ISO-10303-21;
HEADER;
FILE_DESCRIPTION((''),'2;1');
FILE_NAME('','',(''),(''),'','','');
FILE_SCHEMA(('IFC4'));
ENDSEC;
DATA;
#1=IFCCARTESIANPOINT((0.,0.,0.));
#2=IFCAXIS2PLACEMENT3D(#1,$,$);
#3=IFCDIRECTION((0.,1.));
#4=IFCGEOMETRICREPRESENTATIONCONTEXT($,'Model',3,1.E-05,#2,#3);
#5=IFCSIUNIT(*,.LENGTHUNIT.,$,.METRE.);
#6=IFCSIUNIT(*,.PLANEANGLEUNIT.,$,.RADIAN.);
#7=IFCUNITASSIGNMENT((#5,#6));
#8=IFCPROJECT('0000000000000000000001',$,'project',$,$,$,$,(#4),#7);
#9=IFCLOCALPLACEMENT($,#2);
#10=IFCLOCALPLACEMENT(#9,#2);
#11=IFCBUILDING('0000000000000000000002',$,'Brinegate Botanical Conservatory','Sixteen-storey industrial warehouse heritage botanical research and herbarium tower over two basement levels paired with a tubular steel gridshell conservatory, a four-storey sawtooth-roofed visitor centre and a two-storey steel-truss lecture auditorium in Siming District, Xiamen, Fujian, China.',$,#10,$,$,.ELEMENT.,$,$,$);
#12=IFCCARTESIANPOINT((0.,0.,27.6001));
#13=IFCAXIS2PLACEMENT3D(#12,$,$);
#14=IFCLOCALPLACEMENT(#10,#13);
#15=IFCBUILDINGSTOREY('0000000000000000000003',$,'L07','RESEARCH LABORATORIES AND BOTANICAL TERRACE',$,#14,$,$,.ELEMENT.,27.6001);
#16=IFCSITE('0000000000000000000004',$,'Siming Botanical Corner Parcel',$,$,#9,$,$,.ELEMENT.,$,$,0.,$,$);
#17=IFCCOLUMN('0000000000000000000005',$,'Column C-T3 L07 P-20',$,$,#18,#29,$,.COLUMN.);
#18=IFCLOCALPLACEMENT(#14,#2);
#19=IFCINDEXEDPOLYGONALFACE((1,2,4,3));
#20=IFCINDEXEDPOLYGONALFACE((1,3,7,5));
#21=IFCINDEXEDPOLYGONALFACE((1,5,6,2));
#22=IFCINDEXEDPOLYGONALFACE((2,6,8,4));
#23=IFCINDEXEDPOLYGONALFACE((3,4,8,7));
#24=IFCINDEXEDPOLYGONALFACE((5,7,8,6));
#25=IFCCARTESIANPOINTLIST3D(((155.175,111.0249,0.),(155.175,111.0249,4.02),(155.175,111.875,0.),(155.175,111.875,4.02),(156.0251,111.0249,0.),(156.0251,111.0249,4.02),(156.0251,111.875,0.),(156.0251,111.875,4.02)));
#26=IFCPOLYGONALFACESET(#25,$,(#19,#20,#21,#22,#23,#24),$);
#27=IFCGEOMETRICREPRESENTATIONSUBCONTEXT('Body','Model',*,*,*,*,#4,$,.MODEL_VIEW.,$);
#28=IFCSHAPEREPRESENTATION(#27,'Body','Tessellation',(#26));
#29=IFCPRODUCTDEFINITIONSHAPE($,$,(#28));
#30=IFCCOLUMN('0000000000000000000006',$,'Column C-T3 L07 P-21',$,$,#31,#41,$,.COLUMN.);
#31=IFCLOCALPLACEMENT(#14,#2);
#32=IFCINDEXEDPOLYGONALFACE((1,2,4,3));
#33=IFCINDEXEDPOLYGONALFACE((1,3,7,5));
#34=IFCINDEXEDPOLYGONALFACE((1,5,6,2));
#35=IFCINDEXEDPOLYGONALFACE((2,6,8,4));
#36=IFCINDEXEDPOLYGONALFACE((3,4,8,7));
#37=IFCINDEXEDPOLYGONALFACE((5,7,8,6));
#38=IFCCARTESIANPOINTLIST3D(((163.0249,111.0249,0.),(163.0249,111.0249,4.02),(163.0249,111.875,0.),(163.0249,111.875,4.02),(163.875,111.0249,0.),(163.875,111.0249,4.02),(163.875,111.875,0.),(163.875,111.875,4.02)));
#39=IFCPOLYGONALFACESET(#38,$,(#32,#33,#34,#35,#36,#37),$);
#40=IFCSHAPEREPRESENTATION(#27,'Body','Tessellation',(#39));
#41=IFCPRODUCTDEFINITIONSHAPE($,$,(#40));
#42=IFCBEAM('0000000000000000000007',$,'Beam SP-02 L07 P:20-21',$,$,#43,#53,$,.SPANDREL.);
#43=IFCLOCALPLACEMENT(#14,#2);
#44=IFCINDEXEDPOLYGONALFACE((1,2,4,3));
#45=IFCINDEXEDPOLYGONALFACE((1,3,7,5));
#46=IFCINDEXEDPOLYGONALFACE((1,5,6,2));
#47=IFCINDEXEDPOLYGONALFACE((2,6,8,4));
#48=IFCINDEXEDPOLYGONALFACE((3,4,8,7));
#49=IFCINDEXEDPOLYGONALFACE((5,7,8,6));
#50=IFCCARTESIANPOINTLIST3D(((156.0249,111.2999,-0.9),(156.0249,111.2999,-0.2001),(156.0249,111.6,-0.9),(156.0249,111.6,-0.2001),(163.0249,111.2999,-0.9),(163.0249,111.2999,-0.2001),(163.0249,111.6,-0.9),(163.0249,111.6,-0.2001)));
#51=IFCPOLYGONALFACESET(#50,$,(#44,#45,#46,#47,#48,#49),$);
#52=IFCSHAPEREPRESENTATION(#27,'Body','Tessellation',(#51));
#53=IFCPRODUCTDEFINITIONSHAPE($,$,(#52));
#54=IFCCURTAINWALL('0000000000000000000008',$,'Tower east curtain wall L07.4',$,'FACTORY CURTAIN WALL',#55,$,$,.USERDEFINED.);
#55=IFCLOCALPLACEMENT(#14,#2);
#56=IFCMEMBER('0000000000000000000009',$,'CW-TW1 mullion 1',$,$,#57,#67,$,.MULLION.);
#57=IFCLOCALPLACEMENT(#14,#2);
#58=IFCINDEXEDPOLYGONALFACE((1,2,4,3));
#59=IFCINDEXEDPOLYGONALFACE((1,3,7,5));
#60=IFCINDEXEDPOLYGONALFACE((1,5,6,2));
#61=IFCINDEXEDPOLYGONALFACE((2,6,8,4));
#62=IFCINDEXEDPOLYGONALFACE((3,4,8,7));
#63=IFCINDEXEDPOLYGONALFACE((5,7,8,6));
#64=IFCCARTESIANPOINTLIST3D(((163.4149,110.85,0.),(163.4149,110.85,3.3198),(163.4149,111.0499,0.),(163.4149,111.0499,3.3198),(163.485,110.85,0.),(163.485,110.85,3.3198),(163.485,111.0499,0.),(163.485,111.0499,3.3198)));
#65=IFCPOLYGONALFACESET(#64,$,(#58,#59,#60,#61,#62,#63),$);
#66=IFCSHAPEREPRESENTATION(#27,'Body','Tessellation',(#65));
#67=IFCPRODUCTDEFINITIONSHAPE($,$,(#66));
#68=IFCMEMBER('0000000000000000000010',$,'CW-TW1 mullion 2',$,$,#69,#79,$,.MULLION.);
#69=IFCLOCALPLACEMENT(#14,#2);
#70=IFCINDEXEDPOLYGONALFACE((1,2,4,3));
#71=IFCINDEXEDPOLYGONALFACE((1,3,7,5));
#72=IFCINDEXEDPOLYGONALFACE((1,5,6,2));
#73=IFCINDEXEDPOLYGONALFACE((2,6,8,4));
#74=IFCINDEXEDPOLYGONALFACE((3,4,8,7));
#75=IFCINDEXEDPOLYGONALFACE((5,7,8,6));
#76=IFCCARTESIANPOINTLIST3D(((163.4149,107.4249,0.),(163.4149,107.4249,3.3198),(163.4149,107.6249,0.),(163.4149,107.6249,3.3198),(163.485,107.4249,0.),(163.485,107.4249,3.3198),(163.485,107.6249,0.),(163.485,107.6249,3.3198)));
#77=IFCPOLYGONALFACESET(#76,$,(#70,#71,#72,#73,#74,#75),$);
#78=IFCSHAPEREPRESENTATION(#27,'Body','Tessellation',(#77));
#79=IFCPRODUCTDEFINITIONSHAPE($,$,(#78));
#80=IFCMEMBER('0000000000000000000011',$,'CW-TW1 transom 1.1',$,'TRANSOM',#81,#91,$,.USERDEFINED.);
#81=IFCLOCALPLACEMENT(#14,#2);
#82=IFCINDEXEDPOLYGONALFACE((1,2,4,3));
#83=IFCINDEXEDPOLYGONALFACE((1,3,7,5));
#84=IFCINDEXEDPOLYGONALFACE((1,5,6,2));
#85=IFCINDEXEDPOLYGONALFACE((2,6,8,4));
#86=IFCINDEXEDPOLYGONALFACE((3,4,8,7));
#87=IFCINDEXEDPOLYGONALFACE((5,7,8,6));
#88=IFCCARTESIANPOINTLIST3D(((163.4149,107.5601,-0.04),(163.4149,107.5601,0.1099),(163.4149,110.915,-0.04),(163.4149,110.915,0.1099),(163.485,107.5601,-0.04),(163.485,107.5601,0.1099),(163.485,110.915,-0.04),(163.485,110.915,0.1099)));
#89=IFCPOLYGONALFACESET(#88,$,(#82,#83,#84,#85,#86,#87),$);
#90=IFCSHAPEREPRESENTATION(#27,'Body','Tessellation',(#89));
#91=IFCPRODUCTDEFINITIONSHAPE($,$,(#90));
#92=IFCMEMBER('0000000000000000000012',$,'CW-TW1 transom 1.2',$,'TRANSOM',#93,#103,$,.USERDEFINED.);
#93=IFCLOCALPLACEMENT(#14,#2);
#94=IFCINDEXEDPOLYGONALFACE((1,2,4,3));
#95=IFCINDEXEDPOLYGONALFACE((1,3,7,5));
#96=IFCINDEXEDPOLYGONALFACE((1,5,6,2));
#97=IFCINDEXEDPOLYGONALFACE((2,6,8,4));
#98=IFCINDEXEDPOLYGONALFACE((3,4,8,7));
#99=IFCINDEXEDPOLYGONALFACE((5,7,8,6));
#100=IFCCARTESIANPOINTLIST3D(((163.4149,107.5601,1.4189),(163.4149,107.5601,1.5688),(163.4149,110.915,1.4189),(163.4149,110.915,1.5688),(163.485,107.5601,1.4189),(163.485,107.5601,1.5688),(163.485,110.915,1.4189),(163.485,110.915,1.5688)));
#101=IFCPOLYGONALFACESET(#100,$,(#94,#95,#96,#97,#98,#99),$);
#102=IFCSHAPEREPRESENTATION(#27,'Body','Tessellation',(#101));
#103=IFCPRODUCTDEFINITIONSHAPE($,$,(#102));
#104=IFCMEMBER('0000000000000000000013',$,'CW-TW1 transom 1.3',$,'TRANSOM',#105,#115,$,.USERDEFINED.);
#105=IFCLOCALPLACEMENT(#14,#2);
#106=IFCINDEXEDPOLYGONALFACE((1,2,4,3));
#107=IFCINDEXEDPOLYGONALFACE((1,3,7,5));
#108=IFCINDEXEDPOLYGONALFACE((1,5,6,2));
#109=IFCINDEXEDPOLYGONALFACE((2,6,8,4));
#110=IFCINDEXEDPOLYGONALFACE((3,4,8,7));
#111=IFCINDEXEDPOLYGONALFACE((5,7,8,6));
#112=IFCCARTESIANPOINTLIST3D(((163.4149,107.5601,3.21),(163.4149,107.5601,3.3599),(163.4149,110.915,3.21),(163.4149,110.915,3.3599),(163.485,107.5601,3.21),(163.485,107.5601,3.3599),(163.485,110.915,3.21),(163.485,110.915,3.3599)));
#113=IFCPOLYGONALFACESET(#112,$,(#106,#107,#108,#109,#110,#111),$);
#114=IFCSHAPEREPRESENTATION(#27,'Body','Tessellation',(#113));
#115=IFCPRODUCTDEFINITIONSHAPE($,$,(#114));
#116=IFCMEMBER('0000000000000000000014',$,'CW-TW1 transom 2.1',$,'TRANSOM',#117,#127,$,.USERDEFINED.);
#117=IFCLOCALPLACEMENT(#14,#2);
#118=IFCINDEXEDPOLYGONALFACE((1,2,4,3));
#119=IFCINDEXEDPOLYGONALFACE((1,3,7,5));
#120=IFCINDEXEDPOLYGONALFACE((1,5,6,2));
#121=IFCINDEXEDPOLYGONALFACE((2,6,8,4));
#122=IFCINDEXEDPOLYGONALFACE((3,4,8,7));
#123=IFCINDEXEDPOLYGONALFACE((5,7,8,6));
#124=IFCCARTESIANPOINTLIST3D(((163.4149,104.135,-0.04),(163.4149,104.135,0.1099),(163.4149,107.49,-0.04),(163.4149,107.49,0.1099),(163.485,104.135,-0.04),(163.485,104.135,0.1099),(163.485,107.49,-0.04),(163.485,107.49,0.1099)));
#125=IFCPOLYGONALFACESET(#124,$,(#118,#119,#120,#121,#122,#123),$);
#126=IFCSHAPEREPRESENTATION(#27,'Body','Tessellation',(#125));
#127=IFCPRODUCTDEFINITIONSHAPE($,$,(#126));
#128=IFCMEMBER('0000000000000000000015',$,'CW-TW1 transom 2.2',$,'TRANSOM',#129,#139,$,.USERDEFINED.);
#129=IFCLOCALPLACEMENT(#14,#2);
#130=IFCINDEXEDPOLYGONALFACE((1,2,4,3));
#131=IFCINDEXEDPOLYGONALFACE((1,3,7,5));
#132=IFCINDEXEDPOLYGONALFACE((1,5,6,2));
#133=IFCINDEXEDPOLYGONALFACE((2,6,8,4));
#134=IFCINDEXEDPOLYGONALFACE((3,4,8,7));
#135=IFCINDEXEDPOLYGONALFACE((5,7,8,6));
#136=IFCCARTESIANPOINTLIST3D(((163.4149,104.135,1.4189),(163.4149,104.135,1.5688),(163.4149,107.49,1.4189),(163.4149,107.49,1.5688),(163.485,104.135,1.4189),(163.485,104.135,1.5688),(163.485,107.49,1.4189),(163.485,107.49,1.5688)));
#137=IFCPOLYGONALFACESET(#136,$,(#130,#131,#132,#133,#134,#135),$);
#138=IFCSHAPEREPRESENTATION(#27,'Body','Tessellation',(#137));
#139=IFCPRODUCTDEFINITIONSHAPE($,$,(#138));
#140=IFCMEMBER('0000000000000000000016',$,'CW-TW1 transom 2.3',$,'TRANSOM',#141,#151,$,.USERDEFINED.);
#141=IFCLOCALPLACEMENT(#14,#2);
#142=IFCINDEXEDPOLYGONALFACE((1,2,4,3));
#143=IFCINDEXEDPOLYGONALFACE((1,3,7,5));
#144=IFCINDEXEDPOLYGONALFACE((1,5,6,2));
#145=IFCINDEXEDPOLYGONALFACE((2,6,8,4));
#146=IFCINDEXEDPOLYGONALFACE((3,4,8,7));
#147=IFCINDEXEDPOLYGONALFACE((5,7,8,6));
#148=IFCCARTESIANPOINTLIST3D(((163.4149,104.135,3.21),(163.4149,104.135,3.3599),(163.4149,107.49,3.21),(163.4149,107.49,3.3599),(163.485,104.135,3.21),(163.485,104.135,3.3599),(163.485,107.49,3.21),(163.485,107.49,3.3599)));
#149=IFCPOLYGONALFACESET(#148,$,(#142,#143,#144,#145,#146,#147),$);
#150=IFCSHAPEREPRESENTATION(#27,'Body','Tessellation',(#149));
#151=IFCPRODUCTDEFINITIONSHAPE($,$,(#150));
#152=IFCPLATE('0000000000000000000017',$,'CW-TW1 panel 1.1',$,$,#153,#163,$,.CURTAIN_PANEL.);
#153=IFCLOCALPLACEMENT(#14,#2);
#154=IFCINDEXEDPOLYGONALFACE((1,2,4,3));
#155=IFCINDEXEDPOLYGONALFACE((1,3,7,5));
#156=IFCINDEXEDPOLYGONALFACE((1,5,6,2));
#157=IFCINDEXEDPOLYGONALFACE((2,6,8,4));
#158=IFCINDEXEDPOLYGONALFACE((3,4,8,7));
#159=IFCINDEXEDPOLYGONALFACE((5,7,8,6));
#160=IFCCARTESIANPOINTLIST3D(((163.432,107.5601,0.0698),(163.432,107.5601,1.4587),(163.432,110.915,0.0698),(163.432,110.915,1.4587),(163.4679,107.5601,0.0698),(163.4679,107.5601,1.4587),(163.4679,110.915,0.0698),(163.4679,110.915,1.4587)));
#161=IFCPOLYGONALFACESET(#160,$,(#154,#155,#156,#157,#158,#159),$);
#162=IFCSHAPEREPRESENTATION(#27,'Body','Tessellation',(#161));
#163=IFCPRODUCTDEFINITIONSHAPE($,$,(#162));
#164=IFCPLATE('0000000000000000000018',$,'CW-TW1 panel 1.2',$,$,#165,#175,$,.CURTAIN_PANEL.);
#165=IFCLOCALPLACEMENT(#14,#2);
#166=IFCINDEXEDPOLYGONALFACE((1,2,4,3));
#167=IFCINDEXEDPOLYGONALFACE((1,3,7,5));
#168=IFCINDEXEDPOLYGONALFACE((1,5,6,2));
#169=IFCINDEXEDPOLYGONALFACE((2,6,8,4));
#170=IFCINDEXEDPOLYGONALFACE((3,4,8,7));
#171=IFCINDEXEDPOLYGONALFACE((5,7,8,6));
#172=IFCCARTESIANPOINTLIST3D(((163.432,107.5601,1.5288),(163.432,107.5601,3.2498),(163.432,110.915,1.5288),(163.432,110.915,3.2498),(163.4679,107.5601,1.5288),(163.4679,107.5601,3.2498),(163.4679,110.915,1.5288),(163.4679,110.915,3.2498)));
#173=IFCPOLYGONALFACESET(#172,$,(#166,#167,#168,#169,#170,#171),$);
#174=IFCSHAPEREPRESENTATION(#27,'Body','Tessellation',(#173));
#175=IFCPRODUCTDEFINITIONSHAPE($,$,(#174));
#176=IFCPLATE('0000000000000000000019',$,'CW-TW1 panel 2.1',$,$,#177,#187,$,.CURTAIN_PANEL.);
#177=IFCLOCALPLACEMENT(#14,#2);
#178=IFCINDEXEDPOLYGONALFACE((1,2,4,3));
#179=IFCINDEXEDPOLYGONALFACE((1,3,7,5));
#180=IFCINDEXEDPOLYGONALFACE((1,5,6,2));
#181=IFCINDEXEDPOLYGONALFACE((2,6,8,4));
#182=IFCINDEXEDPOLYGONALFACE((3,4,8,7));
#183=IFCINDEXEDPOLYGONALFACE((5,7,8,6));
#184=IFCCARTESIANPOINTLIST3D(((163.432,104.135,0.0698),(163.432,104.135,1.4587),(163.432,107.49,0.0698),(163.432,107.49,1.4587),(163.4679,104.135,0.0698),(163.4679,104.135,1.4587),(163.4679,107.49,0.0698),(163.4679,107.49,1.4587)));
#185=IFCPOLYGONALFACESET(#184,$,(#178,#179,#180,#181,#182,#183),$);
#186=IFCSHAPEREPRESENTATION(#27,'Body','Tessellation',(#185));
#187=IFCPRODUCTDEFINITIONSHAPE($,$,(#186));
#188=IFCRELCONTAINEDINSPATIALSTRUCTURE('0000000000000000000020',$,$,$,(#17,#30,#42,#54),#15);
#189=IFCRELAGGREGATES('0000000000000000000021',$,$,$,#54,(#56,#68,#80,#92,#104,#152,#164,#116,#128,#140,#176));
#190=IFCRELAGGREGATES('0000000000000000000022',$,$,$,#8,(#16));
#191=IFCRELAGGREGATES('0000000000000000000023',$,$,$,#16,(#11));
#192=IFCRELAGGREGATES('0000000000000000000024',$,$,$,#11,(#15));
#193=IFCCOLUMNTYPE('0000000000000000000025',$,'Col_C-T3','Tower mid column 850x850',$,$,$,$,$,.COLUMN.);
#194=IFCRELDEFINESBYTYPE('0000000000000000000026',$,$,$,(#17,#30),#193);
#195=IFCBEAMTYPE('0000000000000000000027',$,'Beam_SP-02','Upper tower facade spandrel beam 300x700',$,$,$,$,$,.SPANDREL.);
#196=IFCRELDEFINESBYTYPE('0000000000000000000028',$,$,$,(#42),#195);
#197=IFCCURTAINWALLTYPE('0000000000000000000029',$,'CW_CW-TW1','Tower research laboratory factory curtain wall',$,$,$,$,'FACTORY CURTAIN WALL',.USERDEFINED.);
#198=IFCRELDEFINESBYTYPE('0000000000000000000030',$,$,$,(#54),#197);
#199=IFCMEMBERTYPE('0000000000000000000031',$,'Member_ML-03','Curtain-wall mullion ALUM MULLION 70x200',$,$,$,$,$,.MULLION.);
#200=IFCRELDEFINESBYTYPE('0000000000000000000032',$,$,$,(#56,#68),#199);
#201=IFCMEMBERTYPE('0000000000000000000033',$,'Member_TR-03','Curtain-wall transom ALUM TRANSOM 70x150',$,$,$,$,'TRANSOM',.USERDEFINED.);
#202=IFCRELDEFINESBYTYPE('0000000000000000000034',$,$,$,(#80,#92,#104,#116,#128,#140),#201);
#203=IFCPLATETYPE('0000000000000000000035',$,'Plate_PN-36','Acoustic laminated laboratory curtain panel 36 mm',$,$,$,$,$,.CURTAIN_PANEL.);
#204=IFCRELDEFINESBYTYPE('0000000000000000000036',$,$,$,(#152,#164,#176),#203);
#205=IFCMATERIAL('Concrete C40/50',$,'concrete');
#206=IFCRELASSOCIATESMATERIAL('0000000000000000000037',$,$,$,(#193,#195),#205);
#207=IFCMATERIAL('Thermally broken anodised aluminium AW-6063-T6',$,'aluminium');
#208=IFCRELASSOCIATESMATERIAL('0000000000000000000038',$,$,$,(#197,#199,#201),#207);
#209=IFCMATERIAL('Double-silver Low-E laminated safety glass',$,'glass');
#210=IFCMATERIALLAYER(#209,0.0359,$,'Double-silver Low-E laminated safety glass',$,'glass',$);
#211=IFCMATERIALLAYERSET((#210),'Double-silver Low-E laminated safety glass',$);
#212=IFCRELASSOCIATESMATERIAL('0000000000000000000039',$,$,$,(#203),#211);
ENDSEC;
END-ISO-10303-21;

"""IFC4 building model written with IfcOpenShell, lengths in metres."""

from ifc_helpers import new_model, si_unit, direction, frame, origin, origin_2d, place, context, subcontext, project, spatial, rectangle, extrude, material, layer, layer_set, material_profile, profile_set, type_object, element, aggregate, save


model = new_model("IFC4")

# Units and contexts
model_context = context("Model", 3, precision=1e-05, world=origin(), true_north=direction((0.0, 1.0)))
body_context = subcontext(model_context, "Body", "Model", "MODEL_VIEW")
ifc_project = project(units=[si_unit("LENGTHUNIT", "METRE"), si_unit("PLANEANGLEUNIT", "RADIAN")], contexts=[model_context])

# Site, building, storey
site_placement = place(None, origin())
site = spatial("IfcSite", under=ifc_project, at=site_placement, Name="Siming Botanical Corner Parcel", CompositionType="ELEMENT", RefElevation=0.0)
building_placement = place(site_placement, origin())
building = spatial("IfcBuilding", under=site, at=building_placement, Name="Brinegate Botanical Conservatory", Description="Sixteen-storey industrial warehouse heritage botanical research and herbarium tower over two basement levels paired with a tubular steel gridshell conservatory, a four-storey sawtooth-roofed visitor centre and a two-storey steel-truss lecture auditorium in Siming District, Xiamen, Fujian, China.", CompositionType="ELEMENT")
storey_placement = place(building_placement, frame((0.0, 0.0, 27.6001)))
storey = spatial("IfcBuildingStorey", under=building, at=storey_placement, Name="L07", Description="RESEARCH LABORATORIES AND BOTANICAL TERRACE", CompositionType="ELEMENT", Elevation=27.6001)

# Columns
ifc_material_1 = material(Name="Concrete C40/50", Category="concrete")
ifc_material_profile_1 = material_profile(ifc_material_1, rectangle(XDim=0.8501, YDim=0.8501, at=origin_2d()), Name="RC COL 850x850")
ifc_profile_set_1 = profile_set([ifc_material_profile_1], Name="Concrete C40/50")
column_type = type_object("IfcColumnType", Name="Col_C-T3", Description="Tower mid column 850x850", PredefinedType="COLUMN", material=ifc_profile_set_1)
for number, where, z_axis, x_axis, name in (
    (1, (155.6001, 111.45, 0.0), (0.0, 0.0, 1.0), (1.0, 0.0, 0.0), "Column C-T3 L07 P-20"),
    (2, (163.45, 111.45, 0.0), (0.0, 0.0, 1.0), (1.0, 0.0, 0.0), "Column C-T3 L07 P-21"),
):
    element("IfcColumn", number, at=place(storey_placement, frame(where, z_axis=z_axis, x_axis=x_axis)), inside=storey, type_object=column_type, Name=name, PredefinedType="COLUMN", context=body_context, shape_type="SweptSolid", body=[
        extrude(rectangle(XDim=0.8501, YDim=0.8501, at=origin_2d()), origin(), (0.0, 0.0, 1.0), 4.02),
    ])

# Beam
ifc_material_profile_2 = material_profile(ifc_material_1, rectangle(XDim=0.3, YDim=0.7, at=origin_2d()), Name="RC SPN 300x700")
ifc_profile_set_2 = profile_set([ifc_material_profile_2], Name="Concrete C40/50")
beam_type = type_object("IfcBeamType", Name="Beam_SP-02", Description="Upper tower facade spandrel beam 300x700", PredefinedType="SPANDREL", material=ifc_profile_set_2)
beam_placement = place(storey_placement, frame((156.0249, 111.45, -0.55), z_axis=(1.0, 0.0, 0.0), x_axis=(0.0, 1.0, 0.0)))
element("IfcBeam", 3, at=beam_placement, inside=storey, type_object=beam_type, Name="Beam SP-02 L07 P:20-21", PredefinedType="SPANDREL", context=body_context, shape_type="SweptSolid", body=[
    extrude(rectangle(XDim=0.3, YDim=0.7, at=origin_2d()), origin(), (0.0, 0.0, 1.0), 7.0),
])

# Curtain wall, members, plates
ifc_material_2 = material(Name="Thermally broken anodised aluminium AW-6063-T6", Category="aluminium")
curtain_wall_type = type_object("IfcCurtainWallType", Name="CW_CW-TW1", Description="Tower research laboratory factory curtain wall", ElementType="FACTORY CURTAIN WALL", PredefinedType="USERDEFINED", material=ifc_material_2)
curtain_wall_placement = place(storey_placement, origin())
curtain_wall = element("IfcCurtainWall", 4, at=curtain_wall_placement, inside=storey, type_object=curtain_wall_type, Name="Tower east curtain wall L07.4", ObjectType="FACTORY CURTAIN WALL", PredefinedType="USERDEFINED")
ifc_material_profile_3 = material_profile(ifc_material_2, rectangle(XDim=0.0701, YDim=0.2, at=origin_2d()), Name="ALUM MULLION 70x200")
ifc_profile_set_3 = profile_set([ifc_material_profile_3], Name="Thermally broken anodised aluminium AW-6063-T6")
member_type_1 = type_object("IfcMemberType", Name="Member_ML-03", Description="Curtain-wall mullion ALUM MULLION 70x200", PredefinedType="MULLION", material=ifc_profile_set_3)
member_1_placement = place(storey_placement, frame((163.45, 110.95, 0.0), z_axis=(0.0, 0.0, 1.0), x_axis=(1.0, 0.0, 0.0)))
member_1 = element("IfcMember", 5, at=member_1_placement, type_object=member_type_1, Name="CW-TW1 mullion 1", PredefinedType="MULLION", context=body_context, shape_type="SweptSolid", body=[
    extrude(rectangle(XDim=0.0701, YDim=0.2, at=origin_2d()), origin(), (0.0, 0.0, 1.0), 3.3198),
])
member_2_placement = place(storey_placement, frame((163.45, 107.5249, 0.0), z_axis=(0.0, 0.0, 1.0), x_axis=(1.0, 0.0, 0.0)))
member_2 = element("IfcMember", 6, at=member_2_placement, type_object=member_type_1, Name="CW-TW1 mullion 2", PredefinedType="MULLION", context=body_context, shape_type="SweptSolid", body=[
    extrude(rectangle(XDim=0.0701, YDim=0.2, at=origin_2d()), origin(), (0.0, 0.0, 1.0), 3.3198),
])
ifc_material_profile_4 = material_profile(ifc_material_2, rectangle(XDim=0.0701, YDim=0.1499, at=origin_2d()), Name="ALUM TRANSOM 70x150")
ifc_profile_set_4 = profile_set([ifc_material_profile_4], Name="Thermally broken anodised aluminium AW-6063-T6")
member_type_2 = type_object("IfcMemberType", Name="Member_TR-03", Description="Curtain-wall transom ALUM TRANSOM 70x150", ElementType="TRANSOM", PredefinedType="USERDEFINED", material=ifc_profile_set_4)
member_3_placement = place(storey_placement, frame((163.45, 110.915, 0.0349), z_axis=(0.0, -1.0, 0.0), x_axis=(1.0, 0.0, 0.0)))
member_3 = element("IfcMember", 7, at=member_3_placement, type_object=member_type_2, Name="CW-TW1 transom 1.1", ObjectType="TRANSOM", PredefinedType="USERDEFINED", context=body_context, shape_type="SweptSolid", body=[
    extrude(rectangle(XDim=0.0701, YDim=0.1499, at=origin_2d()), origin(), (0.0, 0.0, 1.0), 3.355),
])
member_4_placement = place(storey_placement, frame((163.45, 110.915, 1.4939), z_axis=(0.0, -1.0, 0.0), x_axis=(1.0, 0.0, 0.0)))
member_4 = element("IfcMember", 8, at=member_4_placement, type_object=member_type_2, Name="CW-TW1 transom 1.2", ObjectType="TRANSOM", PredefinedType="USERDEFINED", context=body_context, shape_type="SweptSolid", body=[
    extrude(rectangle(XDim=0.0701, YDim=0.1499, at=origin_2d()), origin(), (0.0, 0.0, 1.0), 3.355),
])
member_5_placement = place(storey_placement, frame((163.45, 110.915, 3.2849), z_axis=(0.0, -1.0, 0.0), x_axis=(1.0, 0.0, 0.0)))
member_5 = element("IfcMember", 9, at=member_5_placement, type_object=member_type_2, Name="CW-TW1 transom 1.3", ObjectType="TRANSOM", PredefinedType="USERDEFINED", context=body_context, shape_type="SweptSolid", body=[
    extrude(rectangle(XDim=0.0701, YDim=0.1499, at=origin_2d()), origin(), (0.0, 0.0, 1.0), 3.355),
])
member_6_placement = place(storey_placement, frame((163.45, 107.49, 0.0349), z_axis=(0.0, -1.0, 0.0), x_axis=(1.0, 0.0, 0.0)))
member_6 = element("IfcMember", 10, at=member_6_placement, type_object=member_type_2, Name="CW-TW1 transom 2.1", ObjectType="TRANSOM", PredefinedType="USERDEFINED", context=body_context, shape_type="SweptSolid", body=[
    extrude(rectangle(XDim=0.0701, YDim=0.1499, at=origin_2d()), origin(), (0.0, 0.0, 1.0), 3.355),
])
member_7_placement = place(storey_placement, frame((163.45, 107.49, 1.4939), z_axis=(0.0, -1.0, 0.0), x_axis=(1.0, 0.0, 0.0)))
member_7 = element("IfcMember", 11, at=member_7_placement, type_object=member_type_2, Name="CW-TW1 transom 2.2", ObjectType="TRANSOM", PredefinedType="USERDEFINED", context=body_context, shape_type="SweptSolid", body=[
    extrude(rectangle(XDim=0.0701, YDim=0.1499, at=origin_2d()), origin(), (0.0, 0.0, 1.0), 3.355),
])
member_8_placement = place(storey_placement, frame((163.45, 107.49, 3.2849), z_axis=(0.0, -1.0, 0.0), x_axis=(1.0, 0.0, 0.0)))
member_8 = element("IfcMember", 12, at=member_8_placement, type_object=member_type_2, Name="CW-TW1 transom 2.3", ObjectType="TRANSOM", PredefinedType="USERDEFINED", context=body_context, shape_type="SweptSolid", body=[
    extrude(rectangle(XDim=0.0701, YDim=0.1499, at=origin_2d()), origin(), (0.0, 0.0, 1.0), 3.355),
])
ifc_material_3 = material(Name="Double-silver Low-E laminated safety glass", Category="glass")
ifc_layer_1 = layer(ifc_material_3, 0.0359, Name="Double-silver Low-E laminated safety glass", Category="glass")
ifc_layer_set_1 = layer_set([ifc_layer_1], Name="Double-silver Low-E laminated safety glass")
plate_type = type_object("IfcPlateType", Name="Plate_PN-36", Description="Acoustic laminated laboratory curtain panel 36 mm", PredefinedType="CURTAIN_PANEL", material=ifc_layer_set_1)
plate_1_placement = place(storey_placement, frame((163.45, 109.2375, 0.0698), z_axis=(0.0, 0.0, 1.0), x_axis=(0.0, -1.0, 0.0)))
plate_1 = element("IfcPlate", 13, at=plate_1_placement, type_object=plate_type, Name="CW-TW1 panel 1.1", PredefinedType="CURTAIN_PANEL", context=body_context, shape_type="SweptSolid", body=[
    extrude(rectangle(XDim=3.355, YDim=0.0359, at=origin_2d()), origin(), (0.0, 0.0, 1.0), 1.3889),
])
plate_2_placement = place(storey_placement, frame((163.45, 109.2375, 1.5288), z_axis=(0.0, 0.0, 1.0), x_axis=(0.0, -1.0, 0.0)))
plate_2 = element("IfcPlate", 14, at=plate_2_placement, type_object=plate_type, Name="CW-TW1 panel 1.2", PredefinedType="CURTAIN_PANEL", context=body_context, shape_type="SweptSolid", body=[
    extrude(rectangle(XDim=3.355, YDim=0.0359, at=origin_2d()), origin(), (0.0, 0.0, 1.0), 1.7209),
])
plate_3_placement = place(storey_placement, frame((163.45, 105.8125, 0.0698), z_axis=(0.0, 0.0, 1.0), x_axis=(0.0, -1.0, 0.0)))
plate_3 = element("IfcPlate", 15, at=plate_3_placement, type_object=plate_type, Name="CW-TW1 panel 2.1", PredefinedType="CURTAIN_PANEL", context=body_context, shape_type="SweptSolid", body=[
    extrude(rectangle(XDim=3.355, YDim=0.0359, at=origin_2d()), origin(), (0.0, 0.0, 1.0), 1.3889),
])
aggregate(curtain_wall, [member_1, member_2, member_3, member_4, member_5, plate_1, plate_2, member_6, member_7, member_8, plate_3])

save(model, "model.ifc")
